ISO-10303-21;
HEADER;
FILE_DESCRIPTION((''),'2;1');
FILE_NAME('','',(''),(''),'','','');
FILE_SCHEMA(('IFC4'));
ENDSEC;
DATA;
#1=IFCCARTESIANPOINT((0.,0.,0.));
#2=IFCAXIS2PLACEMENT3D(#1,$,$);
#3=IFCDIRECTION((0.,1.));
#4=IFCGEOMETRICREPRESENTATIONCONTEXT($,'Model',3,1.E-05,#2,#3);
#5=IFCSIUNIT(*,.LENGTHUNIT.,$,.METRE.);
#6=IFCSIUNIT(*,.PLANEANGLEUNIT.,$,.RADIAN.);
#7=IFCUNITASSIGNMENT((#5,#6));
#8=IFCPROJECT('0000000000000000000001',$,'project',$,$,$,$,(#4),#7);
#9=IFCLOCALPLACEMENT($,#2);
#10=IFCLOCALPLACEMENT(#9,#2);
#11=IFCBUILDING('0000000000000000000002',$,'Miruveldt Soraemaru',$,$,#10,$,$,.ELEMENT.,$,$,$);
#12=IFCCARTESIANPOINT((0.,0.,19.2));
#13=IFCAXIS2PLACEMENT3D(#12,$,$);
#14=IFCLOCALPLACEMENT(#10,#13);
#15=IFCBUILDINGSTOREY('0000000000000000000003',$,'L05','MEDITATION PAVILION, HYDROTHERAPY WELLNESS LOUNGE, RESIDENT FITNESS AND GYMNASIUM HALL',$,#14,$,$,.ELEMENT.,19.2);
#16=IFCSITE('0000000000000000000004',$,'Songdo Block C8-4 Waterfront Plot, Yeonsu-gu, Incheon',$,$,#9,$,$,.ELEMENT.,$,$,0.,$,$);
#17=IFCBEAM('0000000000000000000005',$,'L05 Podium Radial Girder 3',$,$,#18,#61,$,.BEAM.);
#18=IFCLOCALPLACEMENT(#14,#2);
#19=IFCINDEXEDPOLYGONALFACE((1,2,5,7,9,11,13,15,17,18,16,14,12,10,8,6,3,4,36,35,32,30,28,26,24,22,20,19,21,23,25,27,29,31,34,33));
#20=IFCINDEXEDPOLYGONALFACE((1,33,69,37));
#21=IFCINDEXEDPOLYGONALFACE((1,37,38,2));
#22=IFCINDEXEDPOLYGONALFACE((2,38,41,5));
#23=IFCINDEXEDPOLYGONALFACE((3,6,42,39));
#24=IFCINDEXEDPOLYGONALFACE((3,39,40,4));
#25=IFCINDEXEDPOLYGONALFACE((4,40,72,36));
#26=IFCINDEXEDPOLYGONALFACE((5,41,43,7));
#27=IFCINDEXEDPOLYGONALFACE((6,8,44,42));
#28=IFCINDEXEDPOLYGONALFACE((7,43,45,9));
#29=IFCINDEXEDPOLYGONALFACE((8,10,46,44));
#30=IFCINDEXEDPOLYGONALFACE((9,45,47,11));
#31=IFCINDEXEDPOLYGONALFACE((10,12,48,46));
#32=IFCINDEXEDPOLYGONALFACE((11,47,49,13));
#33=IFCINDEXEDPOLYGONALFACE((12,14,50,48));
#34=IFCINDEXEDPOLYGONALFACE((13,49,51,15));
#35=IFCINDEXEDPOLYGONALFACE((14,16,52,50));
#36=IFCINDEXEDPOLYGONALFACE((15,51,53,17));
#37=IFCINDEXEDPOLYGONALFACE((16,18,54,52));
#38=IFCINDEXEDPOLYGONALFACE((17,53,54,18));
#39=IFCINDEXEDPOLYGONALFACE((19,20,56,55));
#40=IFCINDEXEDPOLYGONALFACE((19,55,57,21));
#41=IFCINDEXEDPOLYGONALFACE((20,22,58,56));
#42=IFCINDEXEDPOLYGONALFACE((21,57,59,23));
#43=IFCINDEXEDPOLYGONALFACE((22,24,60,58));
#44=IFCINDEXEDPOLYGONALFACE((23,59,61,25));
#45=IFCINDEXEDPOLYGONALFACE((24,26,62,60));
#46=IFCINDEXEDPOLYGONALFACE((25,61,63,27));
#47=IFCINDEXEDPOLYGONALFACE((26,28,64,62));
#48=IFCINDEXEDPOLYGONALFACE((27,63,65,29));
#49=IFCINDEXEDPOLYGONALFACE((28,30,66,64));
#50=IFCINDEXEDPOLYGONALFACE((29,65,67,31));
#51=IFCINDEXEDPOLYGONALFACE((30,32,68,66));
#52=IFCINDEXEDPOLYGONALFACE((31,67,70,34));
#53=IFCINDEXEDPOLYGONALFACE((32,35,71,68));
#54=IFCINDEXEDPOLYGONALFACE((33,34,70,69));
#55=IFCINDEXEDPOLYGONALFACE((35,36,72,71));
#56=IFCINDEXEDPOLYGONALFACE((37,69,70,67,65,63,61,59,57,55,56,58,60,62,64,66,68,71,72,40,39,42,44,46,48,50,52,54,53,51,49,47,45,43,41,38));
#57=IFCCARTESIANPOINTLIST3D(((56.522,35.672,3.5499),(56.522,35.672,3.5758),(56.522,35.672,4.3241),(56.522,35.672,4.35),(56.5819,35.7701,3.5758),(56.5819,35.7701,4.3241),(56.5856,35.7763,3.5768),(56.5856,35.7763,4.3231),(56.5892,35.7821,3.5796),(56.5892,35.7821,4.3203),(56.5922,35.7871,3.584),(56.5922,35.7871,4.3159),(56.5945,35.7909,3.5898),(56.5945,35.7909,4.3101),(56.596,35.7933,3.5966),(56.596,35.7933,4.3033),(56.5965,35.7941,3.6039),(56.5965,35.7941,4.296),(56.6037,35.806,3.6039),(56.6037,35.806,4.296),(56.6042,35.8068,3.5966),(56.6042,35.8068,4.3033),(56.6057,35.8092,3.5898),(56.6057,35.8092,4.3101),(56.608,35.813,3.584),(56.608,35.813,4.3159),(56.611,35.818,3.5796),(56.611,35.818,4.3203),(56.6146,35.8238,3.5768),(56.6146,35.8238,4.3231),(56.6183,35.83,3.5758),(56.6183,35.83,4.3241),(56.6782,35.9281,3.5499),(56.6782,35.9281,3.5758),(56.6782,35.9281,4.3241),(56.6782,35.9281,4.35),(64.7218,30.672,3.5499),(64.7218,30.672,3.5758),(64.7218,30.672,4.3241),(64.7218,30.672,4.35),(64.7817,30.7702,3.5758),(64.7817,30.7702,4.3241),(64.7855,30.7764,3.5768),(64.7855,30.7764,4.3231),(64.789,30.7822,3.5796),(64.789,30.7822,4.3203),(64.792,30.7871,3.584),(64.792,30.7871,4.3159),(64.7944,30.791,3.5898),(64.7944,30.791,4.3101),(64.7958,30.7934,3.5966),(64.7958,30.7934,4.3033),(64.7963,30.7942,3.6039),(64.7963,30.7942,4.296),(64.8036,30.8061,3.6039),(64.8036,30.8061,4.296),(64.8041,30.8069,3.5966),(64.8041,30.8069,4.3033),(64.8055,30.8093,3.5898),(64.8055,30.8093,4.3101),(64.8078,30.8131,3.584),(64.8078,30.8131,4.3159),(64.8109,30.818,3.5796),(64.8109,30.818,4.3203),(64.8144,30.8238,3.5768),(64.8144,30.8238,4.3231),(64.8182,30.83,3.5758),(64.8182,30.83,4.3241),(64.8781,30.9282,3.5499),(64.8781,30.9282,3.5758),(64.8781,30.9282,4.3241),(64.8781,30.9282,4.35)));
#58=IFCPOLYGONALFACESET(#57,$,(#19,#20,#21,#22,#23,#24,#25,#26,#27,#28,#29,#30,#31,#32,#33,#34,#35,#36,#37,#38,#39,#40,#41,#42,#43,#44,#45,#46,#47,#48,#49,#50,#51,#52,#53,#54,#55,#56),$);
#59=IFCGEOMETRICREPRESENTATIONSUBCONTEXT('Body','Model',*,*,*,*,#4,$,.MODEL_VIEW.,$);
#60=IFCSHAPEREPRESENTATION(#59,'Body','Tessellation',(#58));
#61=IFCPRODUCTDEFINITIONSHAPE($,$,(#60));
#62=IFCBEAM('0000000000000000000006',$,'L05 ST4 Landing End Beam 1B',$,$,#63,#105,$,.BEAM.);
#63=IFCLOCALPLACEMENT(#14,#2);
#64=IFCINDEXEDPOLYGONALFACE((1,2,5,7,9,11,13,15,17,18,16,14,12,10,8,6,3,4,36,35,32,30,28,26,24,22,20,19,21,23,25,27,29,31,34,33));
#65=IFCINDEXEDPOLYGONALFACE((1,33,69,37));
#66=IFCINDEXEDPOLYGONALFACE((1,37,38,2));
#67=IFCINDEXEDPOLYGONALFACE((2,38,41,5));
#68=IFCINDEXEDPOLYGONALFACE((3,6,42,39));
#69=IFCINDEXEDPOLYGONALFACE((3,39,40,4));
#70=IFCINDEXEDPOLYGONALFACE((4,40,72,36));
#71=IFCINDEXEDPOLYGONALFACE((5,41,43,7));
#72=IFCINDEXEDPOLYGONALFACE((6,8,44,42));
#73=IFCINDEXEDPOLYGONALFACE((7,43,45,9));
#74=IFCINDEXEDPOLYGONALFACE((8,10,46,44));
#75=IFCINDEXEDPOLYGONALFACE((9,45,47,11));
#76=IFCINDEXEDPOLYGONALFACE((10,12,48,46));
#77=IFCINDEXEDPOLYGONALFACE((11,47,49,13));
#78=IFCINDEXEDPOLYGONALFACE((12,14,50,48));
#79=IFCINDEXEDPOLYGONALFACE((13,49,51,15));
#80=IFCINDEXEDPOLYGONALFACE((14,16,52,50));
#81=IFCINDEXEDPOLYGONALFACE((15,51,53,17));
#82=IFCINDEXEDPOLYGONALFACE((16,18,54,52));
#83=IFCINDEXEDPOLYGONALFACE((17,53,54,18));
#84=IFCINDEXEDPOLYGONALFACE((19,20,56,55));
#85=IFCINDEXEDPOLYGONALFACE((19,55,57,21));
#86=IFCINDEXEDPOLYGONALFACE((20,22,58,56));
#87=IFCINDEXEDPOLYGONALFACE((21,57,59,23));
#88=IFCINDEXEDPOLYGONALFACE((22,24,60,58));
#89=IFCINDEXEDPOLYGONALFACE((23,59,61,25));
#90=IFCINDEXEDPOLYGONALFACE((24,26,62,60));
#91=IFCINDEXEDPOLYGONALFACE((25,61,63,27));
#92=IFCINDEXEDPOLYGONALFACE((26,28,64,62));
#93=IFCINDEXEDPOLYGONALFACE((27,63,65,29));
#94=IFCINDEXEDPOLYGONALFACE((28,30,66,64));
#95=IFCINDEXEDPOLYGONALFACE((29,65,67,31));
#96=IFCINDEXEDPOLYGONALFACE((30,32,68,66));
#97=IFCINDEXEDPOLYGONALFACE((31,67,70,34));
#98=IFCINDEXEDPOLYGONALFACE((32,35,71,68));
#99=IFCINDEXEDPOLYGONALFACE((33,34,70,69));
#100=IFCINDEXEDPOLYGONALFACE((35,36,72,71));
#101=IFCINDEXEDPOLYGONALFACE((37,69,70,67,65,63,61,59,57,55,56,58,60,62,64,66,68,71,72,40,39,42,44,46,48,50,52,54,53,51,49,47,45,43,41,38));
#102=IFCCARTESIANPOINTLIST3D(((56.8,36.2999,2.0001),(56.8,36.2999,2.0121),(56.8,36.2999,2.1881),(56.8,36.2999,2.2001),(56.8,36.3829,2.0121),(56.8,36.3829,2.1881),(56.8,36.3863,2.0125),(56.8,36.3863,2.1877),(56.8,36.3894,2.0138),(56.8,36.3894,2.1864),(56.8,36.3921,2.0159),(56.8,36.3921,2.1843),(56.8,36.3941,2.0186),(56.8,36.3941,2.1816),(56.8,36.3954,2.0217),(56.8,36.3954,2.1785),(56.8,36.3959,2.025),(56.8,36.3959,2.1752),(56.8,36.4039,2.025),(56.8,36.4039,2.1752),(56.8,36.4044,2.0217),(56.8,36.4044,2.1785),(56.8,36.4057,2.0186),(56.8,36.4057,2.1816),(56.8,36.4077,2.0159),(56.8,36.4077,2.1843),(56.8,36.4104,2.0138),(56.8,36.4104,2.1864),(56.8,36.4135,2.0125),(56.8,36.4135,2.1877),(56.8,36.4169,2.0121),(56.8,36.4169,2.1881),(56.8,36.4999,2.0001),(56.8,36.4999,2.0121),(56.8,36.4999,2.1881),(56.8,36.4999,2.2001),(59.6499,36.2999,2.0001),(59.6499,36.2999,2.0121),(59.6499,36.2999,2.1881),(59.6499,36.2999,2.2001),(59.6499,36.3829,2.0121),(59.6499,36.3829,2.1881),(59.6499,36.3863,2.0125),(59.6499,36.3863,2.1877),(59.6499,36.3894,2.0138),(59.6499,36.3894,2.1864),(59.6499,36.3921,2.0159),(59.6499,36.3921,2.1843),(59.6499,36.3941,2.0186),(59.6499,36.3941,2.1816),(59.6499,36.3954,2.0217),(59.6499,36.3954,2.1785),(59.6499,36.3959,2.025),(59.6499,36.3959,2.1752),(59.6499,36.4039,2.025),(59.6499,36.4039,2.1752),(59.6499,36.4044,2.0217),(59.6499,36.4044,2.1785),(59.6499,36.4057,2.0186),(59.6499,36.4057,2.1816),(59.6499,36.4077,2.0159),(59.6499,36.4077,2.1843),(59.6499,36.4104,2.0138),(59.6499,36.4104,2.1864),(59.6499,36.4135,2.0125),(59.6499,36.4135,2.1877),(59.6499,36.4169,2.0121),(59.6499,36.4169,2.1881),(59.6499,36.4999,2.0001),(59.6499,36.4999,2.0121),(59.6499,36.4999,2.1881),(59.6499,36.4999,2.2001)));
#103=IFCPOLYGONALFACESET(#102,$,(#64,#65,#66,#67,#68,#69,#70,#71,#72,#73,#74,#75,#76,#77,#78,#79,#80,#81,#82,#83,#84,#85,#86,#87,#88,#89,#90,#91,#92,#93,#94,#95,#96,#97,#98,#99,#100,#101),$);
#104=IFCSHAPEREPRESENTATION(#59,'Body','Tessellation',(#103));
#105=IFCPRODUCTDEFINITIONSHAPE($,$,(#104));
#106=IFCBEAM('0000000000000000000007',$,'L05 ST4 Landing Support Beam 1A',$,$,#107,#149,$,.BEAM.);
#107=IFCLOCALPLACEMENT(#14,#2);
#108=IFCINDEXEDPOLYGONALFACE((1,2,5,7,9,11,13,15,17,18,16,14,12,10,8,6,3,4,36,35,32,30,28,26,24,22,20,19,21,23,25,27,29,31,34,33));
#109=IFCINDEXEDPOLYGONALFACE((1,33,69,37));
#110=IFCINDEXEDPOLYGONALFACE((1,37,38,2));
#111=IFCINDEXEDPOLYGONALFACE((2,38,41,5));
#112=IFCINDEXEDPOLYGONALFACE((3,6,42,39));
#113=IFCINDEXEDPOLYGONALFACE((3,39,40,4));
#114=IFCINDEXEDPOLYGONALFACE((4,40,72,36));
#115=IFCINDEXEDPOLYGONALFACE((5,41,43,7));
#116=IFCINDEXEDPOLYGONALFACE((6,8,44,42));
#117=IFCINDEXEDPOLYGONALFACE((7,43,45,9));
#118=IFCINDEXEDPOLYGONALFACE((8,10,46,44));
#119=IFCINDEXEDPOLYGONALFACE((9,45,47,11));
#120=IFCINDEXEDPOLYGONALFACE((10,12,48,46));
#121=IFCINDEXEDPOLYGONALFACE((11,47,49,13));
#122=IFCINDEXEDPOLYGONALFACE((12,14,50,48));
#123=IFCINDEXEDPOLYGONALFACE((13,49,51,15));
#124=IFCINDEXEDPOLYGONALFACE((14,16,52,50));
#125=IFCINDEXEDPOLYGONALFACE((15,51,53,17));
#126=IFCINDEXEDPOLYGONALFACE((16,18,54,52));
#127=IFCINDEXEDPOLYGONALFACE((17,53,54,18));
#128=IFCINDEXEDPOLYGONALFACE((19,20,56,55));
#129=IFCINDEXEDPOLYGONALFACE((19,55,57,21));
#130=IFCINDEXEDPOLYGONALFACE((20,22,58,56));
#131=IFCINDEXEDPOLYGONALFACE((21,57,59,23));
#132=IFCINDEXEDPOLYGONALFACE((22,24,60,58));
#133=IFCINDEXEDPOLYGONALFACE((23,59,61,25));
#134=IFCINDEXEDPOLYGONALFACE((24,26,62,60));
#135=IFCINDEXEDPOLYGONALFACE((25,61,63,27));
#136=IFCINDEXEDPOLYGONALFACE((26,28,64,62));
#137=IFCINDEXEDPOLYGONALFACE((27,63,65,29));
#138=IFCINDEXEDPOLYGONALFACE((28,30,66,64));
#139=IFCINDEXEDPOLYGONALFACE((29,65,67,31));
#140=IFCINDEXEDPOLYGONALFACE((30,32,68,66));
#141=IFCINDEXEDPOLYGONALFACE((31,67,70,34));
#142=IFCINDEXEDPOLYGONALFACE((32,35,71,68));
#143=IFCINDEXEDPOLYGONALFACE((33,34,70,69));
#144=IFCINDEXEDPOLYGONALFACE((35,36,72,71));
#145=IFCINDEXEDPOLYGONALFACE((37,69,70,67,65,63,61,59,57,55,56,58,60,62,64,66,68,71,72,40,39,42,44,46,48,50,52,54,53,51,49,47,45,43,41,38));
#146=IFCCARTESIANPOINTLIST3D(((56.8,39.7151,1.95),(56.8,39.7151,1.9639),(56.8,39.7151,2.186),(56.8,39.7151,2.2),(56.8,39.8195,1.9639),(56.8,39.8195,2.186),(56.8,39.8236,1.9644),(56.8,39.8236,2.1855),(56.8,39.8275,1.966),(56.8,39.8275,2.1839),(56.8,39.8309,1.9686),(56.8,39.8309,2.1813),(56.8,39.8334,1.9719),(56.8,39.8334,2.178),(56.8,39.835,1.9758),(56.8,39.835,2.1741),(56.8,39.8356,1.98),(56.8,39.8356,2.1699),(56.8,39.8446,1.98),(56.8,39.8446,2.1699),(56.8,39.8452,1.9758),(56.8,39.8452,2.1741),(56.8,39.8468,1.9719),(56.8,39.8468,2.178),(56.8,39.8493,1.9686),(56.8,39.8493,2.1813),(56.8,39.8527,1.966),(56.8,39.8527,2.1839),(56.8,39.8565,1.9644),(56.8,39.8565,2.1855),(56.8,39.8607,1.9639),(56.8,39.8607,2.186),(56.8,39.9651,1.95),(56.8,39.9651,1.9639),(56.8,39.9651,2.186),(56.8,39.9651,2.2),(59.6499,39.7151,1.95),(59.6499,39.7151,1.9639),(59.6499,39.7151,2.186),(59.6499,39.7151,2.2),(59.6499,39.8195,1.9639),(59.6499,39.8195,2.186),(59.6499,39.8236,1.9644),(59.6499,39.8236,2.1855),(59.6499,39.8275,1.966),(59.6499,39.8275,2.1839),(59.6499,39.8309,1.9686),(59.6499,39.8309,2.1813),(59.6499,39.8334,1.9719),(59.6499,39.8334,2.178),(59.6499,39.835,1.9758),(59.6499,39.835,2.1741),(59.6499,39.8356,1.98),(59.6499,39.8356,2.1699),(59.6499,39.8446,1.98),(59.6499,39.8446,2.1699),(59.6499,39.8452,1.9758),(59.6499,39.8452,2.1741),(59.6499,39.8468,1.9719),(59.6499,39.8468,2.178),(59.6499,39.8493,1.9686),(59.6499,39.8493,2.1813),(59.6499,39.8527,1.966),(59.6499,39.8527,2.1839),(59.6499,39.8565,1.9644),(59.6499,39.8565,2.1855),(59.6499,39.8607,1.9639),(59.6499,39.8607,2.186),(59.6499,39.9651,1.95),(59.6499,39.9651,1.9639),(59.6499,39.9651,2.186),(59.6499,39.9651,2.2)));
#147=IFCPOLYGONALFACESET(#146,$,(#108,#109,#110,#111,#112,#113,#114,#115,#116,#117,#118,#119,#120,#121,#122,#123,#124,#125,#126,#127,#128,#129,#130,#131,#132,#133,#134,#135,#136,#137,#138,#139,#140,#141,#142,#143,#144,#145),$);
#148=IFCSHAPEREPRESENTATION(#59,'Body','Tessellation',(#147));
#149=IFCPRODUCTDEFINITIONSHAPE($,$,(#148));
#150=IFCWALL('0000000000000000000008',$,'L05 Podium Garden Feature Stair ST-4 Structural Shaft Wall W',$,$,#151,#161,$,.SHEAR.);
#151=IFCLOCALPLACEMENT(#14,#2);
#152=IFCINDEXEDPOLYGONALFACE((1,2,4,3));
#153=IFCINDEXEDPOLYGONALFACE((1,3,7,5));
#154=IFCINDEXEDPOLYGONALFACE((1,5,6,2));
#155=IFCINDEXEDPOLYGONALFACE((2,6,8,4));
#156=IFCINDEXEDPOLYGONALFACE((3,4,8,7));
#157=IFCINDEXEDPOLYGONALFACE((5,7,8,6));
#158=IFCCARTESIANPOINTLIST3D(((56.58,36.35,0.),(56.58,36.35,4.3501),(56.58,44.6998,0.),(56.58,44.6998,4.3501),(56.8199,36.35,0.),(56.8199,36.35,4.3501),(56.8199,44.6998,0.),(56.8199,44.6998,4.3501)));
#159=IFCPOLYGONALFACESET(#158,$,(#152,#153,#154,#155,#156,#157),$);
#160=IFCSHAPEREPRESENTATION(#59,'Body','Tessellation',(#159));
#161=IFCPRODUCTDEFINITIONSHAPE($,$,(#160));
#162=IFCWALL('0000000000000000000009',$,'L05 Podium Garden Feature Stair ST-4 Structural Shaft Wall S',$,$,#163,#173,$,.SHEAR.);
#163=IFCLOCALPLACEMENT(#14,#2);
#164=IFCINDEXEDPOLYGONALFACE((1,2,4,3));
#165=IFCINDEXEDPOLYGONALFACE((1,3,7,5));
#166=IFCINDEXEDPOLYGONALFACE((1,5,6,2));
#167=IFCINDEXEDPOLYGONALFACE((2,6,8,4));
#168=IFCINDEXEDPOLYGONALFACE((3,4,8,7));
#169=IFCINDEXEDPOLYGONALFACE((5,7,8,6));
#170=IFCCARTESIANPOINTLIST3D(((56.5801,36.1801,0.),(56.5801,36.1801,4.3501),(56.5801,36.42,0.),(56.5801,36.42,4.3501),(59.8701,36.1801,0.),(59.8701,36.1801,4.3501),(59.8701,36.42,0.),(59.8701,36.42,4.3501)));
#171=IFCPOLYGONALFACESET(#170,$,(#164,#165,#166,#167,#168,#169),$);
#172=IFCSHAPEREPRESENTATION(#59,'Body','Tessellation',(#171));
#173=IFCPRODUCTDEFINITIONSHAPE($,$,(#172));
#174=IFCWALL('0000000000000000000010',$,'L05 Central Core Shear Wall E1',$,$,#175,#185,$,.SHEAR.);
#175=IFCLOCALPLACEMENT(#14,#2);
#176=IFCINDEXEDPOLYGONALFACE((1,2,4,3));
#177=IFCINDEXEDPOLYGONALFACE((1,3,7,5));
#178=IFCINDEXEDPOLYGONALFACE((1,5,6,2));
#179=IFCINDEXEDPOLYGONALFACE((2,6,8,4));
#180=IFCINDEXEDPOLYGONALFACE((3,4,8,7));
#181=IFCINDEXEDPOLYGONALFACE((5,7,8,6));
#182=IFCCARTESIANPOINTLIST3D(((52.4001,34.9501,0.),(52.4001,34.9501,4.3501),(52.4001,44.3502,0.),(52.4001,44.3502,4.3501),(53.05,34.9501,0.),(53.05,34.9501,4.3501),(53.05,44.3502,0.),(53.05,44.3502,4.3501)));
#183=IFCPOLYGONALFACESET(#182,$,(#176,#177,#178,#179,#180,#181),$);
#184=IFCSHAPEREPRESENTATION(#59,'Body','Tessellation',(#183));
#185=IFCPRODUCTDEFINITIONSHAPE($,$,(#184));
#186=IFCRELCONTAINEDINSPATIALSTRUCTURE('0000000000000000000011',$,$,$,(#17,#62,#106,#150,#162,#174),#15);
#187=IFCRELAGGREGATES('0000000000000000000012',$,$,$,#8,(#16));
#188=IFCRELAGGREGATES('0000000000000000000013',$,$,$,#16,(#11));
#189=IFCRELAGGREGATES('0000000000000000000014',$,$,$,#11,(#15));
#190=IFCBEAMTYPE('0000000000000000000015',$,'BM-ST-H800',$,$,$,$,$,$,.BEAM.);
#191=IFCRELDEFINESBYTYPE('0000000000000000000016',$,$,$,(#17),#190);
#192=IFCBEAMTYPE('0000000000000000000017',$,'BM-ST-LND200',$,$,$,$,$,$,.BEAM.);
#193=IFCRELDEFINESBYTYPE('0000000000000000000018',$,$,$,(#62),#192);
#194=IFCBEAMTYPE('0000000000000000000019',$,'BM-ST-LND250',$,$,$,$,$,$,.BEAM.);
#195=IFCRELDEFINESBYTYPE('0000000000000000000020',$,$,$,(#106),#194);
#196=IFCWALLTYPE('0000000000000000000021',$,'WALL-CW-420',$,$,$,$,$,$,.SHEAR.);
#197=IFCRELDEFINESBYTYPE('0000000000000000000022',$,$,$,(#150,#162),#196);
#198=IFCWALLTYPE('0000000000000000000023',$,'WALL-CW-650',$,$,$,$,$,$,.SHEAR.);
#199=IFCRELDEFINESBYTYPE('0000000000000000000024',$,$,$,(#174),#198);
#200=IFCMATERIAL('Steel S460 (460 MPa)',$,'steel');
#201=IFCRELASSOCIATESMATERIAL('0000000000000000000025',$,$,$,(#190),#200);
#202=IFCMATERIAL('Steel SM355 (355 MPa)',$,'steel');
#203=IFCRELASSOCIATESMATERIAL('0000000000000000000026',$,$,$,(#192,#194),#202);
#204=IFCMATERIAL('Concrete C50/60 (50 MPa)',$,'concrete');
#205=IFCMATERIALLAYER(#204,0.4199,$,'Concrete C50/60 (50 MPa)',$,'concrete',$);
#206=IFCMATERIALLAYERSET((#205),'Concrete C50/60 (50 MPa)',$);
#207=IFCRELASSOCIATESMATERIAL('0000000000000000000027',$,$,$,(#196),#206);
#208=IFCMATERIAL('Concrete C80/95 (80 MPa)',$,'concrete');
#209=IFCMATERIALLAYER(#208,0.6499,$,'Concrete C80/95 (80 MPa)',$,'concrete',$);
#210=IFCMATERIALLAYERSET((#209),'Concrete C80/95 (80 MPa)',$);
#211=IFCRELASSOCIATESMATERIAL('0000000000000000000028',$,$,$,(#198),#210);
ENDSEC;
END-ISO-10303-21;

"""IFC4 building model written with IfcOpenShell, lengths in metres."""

from ifc_helpers import new_model, si_unit, direction, frame, frame_2d, origin, origin_2d, place, context, subcontext, project, spatial, rectangle, i_section, extrude, material, layer, layer_set, material_profile, profile_set, type_object, element, save


model = new_model("IFC4")

# Units and contexts
model_context = context("Model", 3, precision=1e-05, world=origin(), true_north=direction((0.0, 1.0)))
body_context = subcontext(model_context, "Body", "Model", "MODEL_VIEW")
ifc_project = project(units=[si_unit("LENGTHUNIT", "METRE"), si_unit("PLANEANGLEUNIT", "RADIAN")], contexts=[model_context])

# Site, building, storey
site_placement = place(None, origin())
site = spatial("IfcSite", under=ifc_project, at=site_placement, Name="Songdo Block C8-4 Waterfront Plot, Yeonsu-gu, Incheon", CompositionType="ELEMENT", RefElevation=0.0)
building_placement = place(site_placement, origin())
building = spatial("IfcBuilding", under=site, at=building_placement, Name="Miruveldt Soraemaru", CompositionType="ELEMENT")
storey_placement = place(building_placement, frame((0.0, 0.0, 19.2)))
storey = spatial("IfcBuildingStorey", under=building, at=storey_placement, Name="L05", Description="MEDITATION PAVILION, HYDROTHERAPY WELLNESS LOUNGE, RESIDENT FITNESS AND GYMNASIUM HALL", CompositionType="ELEMENT", Elevation=19.2)

# Shared definitions
ifc_material_1 = material(Name="Concrete C80/95 (80 MPa)", Category="concrete")

# Beams
ifc_material_2 = material(Name="Steel SM355 (355 MPa)", Category="steel")
ifc_material_3 = material(Name="Steel S460 (460 MPa)", Category="steel")
ifc_material_profile_1 = material_profile(ifc_material_3, i_section(OverallWidth=0.3, OverallDepth=0.8, WebThickness=0.0139, FlangeThickness=0.0259, FilletRadius=0.0281, at=origin_2d()), Name="Steel S460 (460 MPa)", Category="steel")
ifc_profile_set_1 = profile_set([ifc_material_profile_1], Name="Steel S460 (460 MPa)")
beam_type_1 = type_object("IfcBeamType", Name="BM-ST-H800", PredefinedType="BEAM", material=ifc_profile_set_1)
beam_1_placement = place(storey_placement, frame((56.6001, 35.8, 3.95), z_axis=(0.853795, -0.52061, 0.0), x_axis=(0.52061, 0.853795, 0.0)))
element("IfcBeam", 1, at=beam_1_placement, inside=storey, type_object=beam_type_1, Name="L05 Podium Radial Girder 3", PredefinedType="BEAM", context=body_context, shape_type="SweptSolid", body=[
    extrude(i_section(OverallWidth=0.3, OverallDepth=0.8, WebThickness=0.0139, FlangeThickness=0.0259, FilletRadius=0.0281, at=origin_2d()), origin(), (0.0, 0.0, 1.0), 9.604),
])
ifc_material_profile_2 = material_profile(ifc_material_2, i_section(OverallWidth=0.2, OverallDepth=0.2, WebThickness=0.0081, FlangeThickness=0.012, FilletRadius=0.0129, at=origin_2d()), Name="Steel SM355 (355 MPa)", Category="steel")
ifc_profile_set_2 = profile_set([ifc_material_profile_2], Name="Steel SM355 (355 MPa)")
beam_type_2 = type_object("IfcBeamType", Name="BM-ST-LND200", PredefinedType="BEAM", material=ifc_profile_set_2)
beam_2_placement = place(storey_placement, frame((56.8, 36.3999, 2.1001), z_axis=(1.0, 0.0, 0.0), x_axis=(0.0, 1.0, 0.0)))
element("IfcBeam", 2, at=beam_2_placement, inside=storey, type_object=beam_type_2, Name="L05 ST4 Landing End Beam 1B", PredefinedType="BEAM", context=body_context, shape_type="SweptSolid", body=[
    extrude(i_section(OverallWidth=0.2, OverallDepth=0.2, WebThickness=0.0081, FlangeThickness=0.012, FilletRadius=0.0129, at=origin_2d()), origin(), (0.0, 0.0, 1.0), 2.8499),
])
ifc_material_profile_3 = material_profile(ifc_material_2, i_section(OverallWidth=0.25, OverallDepth=0.25, WebThickness=0.009, FlangeThickness=0.0139, FilletRadius=0.0161, at=origin_2d()), Name="Steel SM355 (355 MPa)", Category="steel")
ifc_profile_set_3 = profile_set([ifc_material_profile_3], Name="Steel SM355 (355 MPa)")
beam_type_3 = type_object("IfcBeamType", Name="BM-ST-LND250", PredefinedType="BEAM", material=ifc_profile_set_3)
beam_3_placement = place(storey_placement, frame((56.8, 39.8401, 2.075), z_axis=(1.0, 0.0, 0.0), x_axis=(0.0, 1.0, 0.0)))
element("IfcBeam", 3, at=beam_3_placement, inside=storey, type_object=beam_type_3, Name="L05 ST4 Landing Support Beam 1A", PredefinedType="BEAM", context=body_context, shape_type="SweptSolid", body=[
    extrude(i_section(OverallWidth=0.25, OverallDepth=0.25, WebThickness=0.009, FlangeThickness=0.0139, FilletRadius=0.0161, at=origin_2d()), origin(), (0.0, 0.0, 1.0), 2.8499),
])

# Walls
ifc_material_4 = material(Name="Concrete C50/60 (50 MPa)", Category="concrete")
ifc_layer_1 = layer(ifc_material_4, 0.4199, Name="Concrete C50/60 (50 MPa)", Category="concrete")
ifc_layer_set_1 = layer_set([ifc_layer_1], Name="Concrete C50/60 (50 MPa)")
wall_type_1 = type_object("IfcWallType", Name="WALL-CW-420", PredefinedType="SHEAR", material=ifc_layer_set_1)
wall_1_placement = place(storey_placement, frame((56.7, 36.3501, 0.0), z_axis=(0.0, 0.0, 1.0), x_axis=(0.0, 1.0, 0.0)))
element("IfcWall", 4, at=wall_1_placement, inside=storey, type_object=wall_type_1, Name="L05 Podium Garden Feature Stair ST-4 Structural Shaft Wall W", PredefinedType="SHEAR", context=body_context, shape_type="SweptSolid", body=[
    extrude(rectangle(XDim=8.3499, YDim=0.24, at=frame_2d((4.1748, 0.0))), origin(), (0.0, 0.0, 1.0), 4.3501),
])
wall_2_placement = place(storey_placement, frame((56.5801, 36.3, 0.0), z_axis=(0.0, 0.0, 1.0), x_axis=(1.0, 0.0, 0.0)))
element("IfcWall", 5, at=wall_2_placement, inside=storey, type_object=wall_type_1, Name="L05 Podium Garden Feature Stair ST-4 Structural Shaft Wall S", PredefinedType="SHEAR", context=body_context, shape_type="SweptSolid", body=[
    extrude(rectangle(XDim=3.29, YDim=0.24, at=frame_2d((1.645, 0.0))), origin(), (0.0, 0.0, 1.0), 4.3501),
])
ifc_layer_2 = layer(ifc_material_1, 0.6499, Name="Concrete C80/95 (80 MPa)", Category="concrete")
ifc_layer_set_2 = layer_set([ifc_layer_2], Name="Concrete C80/95 (80 MPa)")
wall_type_2 = type_object("IfcWallType", Name="WALL-CW-650", PredefinedType="SHEAR", material=ifc_layer_set_2)
wall_3_placement = place(storey_placement, frame((52.7251, 34.95, 0.0), z_axis=(0.0, 0.0, 1.0), x_axis=(0.0, 1.0, 0.0)))
element("IfcWall", 6, at=wall_3_placement, inside=storey, type_object=wall_type_2, Name="L05 Central Core Shear Wall E1", PredefinedType="SHEAR", context=body_context, shape_type="SweptSolid", body=[
    extrude(rectangle(XDim=9.4001, YDim=0.6499, at=frame_2d((4.7002, 0.0))), origin(), (0.0, 0.0, 1.0), 4.3501),
])

save(model, "model.ifc")
